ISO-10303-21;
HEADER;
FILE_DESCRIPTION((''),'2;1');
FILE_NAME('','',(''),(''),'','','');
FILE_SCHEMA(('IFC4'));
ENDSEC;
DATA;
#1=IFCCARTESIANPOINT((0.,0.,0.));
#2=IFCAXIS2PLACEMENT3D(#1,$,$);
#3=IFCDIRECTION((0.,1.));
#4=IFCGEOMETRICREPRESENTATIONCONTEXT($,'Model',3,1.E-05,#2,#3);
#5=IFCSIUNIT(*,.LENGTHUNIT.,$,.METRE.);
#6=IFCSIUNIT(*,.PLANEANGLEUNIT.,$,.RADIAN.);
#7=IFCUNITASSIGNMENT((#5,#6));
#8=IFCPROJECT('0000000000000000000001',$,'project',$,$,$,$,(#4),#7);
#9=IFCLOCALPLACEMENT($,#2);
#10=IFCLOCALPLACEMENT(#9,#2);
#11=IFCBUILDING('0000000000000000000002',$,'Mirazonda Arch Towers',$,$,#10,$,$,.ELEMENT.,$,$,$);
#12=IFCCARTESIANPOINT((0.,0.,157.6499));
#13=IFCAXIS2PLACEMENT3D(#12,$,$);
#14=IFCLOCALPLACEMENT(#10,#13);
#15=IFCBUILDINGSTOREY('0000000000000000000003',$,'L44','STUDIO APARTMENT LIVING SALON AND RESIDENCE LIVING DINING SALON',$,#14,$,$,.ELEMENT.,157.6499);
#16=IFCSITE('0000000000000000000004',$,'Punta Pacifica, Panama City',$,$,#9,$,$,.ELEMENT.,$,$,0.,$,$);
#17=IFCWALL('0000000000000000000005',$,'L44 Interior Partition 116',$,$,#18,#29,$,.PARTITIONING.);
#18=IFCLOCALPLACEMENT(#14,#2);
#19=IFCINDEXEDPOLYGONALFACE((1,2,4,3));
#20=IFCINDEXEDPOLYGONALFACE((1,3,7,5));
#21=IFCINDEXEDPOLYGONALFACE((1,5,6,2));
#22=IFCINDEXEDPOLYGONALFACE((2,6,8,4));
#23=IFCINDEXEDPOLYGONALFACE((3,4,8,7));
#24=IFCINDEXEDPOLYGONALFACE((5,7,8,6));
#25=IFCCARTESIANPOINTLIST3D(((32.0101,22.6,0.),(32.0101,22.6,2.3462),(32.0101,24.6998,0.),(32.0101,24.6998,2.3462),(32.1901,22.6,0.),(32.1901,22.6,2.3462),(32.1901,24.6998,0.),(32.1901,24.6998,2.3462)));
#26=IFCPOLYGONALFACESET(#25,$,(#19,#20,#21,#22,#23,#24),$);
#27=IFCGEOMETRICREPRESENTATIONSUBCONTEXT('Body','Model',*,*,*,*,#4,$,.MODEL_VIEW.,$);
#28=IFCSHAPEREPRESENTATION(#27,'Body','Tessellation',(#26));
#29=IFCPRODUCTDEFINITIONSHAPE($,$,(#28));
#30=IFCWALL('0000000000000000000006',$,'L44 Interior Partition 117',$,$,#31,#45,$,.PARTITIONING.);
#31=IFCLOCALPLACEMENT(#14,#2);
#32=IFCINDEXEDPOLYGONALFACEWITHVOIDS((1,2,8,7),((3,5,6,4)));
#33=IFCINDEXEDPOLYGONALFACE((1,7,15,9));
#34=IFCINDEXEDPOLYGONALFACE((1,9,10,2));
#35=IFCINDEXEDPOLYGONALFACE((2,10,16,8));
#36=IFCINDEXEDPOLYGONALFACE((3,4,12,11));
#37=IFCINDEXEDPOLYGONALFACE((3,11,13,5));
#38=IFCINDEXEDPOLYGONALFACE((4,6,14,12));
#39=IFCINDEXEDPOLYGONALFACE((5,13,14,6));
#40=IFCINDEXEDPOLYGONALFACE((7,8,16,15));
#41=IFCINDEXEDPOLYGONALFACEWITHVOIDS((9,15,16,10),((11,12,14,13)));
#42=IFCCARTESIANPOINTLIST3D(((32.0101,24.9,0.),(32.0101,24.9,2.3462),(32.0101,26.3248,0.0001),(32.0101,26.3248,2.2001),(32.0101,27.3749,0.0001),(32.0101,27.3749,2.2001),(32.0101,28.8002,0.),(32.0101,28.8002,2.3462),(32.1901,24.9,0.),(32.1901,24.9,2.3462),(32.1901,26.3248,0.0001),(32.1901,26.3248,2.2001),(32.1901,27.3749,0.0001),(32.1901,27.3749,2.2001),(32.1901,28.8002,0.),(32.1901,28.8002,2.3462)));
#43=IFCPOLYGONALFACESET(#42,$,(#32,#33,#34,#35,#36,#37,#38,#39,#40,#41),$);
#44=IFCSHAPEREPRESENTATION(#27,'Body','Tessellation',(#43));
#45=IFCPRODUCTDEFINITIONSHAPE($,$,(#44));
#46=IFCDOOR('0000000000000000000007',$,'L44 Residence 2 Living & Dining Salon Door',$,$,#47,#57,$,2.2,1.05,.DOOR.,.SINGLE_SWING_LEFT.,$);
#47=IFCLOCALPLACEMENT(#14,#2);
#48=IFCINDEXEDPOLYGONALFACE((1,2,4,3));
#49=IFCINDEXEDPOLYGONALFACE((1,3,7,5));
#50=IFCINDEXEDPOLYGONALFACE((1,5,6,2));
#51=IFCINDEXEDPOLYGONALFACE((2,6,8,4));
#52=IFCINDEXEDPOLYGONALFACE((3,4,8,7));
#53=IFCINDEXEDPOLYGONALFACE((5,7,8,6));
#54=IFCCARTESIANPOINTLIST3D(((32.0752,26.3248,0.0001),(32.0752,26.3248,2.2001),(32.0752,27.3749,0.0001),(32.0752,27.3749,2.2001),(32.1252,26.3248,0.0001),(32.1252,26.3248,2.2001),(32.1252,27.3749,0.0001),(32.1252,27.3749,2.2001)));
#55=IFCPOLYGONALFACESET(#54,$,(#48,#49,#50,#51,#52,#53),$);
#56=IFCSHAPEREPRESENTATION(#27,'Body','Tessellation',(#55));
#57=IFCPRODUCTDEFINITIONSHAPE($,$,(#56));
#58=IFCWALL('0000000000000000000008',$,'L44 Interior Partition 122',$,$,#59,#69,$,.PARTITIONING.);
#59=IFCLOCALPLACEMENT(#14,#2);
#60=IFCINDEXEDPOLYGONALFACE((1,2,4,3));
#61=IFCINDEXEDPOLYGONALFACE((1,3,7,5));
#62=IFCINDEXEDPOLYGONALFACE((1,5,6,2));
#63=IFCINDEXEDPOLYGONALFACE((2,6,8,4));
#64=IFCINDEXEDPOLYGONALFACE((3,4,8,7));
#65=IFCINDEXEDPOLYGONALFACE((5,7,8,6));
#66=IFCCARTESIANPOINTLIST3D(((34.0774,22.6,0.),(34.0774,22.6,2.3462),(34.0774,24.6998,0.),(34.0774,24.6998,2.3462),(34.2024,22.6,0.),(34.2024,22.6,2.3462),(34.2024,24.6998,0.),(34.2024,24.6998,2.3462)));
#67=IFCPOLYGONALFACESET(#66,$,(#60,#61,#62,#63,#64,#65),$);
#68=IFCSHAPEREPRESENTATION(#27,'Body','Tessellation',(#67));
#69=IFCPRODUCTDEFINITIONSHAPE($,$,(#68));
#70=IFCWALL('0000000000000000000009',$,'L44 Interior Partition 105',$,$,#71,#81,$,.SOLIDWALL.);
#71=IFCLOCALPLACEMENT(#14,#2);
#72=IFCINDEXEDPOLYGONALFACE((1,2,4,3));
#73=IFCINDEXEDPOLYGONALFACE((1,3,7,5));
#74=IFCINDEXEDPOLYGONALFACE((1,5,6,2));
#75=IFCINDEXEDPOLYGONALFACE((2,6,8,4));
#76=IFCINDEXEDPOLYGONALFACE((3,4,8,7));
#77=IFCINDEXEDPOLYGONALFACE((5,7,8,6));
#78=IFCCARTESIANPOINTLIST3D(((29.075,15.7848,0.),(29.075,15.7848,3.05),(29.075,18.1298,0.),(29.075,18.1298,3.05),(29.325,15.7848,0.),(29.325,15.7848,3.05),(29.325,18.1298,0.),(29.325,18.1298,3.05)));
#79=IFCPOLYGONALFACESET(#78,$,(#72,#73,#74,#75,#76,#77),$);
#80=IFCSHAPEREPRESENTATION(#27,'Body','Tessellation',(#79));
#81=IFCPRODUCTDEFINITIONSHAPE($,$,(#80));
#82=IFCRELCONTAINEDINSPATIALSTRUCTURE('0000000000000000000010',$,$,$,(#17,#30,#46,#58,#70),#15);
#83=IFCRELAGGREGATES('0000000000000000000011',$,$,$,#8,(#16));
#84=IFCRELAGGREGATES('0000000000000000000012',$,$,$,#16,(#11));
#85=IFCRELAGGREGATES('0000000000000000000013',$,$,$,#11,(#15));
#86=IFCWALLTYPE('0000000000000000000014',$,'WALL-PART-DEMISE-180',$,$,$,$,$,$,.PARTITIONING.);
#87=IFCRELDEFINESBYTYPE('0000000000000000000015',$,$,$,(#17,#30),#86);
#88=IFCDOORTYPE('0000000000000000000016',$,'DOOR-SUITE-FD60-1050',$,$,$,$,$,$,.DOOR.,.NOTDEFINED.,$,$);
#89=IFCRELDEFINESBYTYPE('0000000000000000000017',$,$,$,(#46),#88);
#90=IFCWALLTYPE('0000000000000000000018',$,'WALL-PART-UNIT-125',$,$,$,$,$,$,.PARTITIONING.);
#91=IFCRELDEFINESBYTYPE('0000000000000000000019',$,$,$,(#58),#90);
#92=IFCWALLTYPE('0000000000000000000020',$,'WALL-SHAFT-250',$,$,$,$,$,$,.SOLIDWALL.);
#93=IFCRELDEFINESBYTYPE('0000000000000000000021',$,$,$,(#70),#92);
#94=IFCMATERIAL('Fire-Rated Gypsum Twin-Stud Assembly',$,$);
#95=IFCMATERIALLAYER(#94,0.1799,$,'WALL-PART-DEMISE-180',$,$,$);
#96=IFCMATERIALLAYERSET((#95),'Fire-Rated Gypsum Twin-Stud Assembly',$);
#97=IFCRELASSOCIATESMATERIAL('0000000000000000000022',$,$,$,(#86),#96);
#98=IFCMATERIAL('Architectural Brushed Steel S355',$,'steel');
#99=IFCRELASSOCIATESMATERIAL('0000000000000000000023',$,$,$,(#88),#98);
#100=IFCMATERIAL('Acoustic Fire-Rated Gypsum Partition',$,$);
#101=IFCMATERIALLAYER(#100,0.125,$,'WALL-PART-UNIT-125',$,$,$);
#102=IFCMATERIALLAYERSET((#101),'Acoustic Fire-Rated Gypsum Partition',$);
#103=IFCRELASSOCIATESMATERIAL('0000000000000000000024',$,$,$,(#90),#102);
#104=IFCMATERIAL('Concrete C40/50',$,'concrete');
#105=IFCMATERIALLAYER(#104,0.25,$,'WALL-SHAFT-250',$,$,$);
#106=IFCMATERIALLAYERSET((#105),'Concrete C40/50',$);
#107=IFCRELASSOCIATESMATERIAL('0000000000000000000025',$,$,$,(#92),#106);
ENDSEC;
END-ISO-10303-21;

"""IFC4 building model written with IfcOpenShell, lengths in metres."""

from ifc_helpers import new_model, si_unit, direction, frame, frame_2d, origin, place, context, subcontext, project, spatial, rectangle, extrude, material, layer, layer_set, type_object, element, fill, save


model = new_model("IFC4")

# Units and contexts
model_context = context("Model", 3, precision=1e-05, world=origin(), true_north=direction((0.0, 1.0)))
body_context = subcontext(model_context, "Body", "Model", "MODEL_VIEW")
ifc_project = project(units=[si_unit("LENGTHUNIT", "METRE"), si_unit("PLANEANGLEUNIT", "RADIAN")], contexts=[model_context])

# Site, building, storey
site_placement = place(None, origin())
site = spatial("IfcSite", under=ifc_project, at=site_placement, Name="Punta Pacifica, Panama City", CompositionType="ELEMENT", RefElevation=0.0)
building_placement = place(site_placement, origin())
building = spatial("IfcBuilding", under=site, at=building_placement, Name="Mirazonda Arch Towers", CompositionType="ELEMENT")
storey_placement = place(building_placement, frame((0.0, 0.0, 157.6499)))
storey = spatial("IfcBuildingStorey", under=building, at=storey_placement, Name="L44", Description="STUDIO APARTMENT LIVING SALON AND RESIDENCE LIVING DINING SALON", CompositionType="ELEMENT", Elevation=157.6499)

# Shared definitions
ifc_material_1 = material(Name="Fire-Rated Gypsum Twin-Stud Assembly")
ifc_layer_1 = layer(ifc_material_1, 0.1799, Name="WALL-PART-DEMISE-180")
ifc_layer_set_1 = layer_set([ifc_layer_1], Name="Fire-Rated Gypsum Twin-Stud Assembly")
wall_type_1 = type_object("IfcWallType", Name="WALL-PART-DEMISE-180", PredefinedType="PARTITIONING", material=ifc_layer_set_1)
ifc_material_2 = material(Name="Architectural Brushed Steel S355", Category="steel")

# Wall
wall_1_placement = place(storey_placement, frame((32.1001, 22.6001, 0.0), z_axis=(0.0, 0.0, 1.0), x_axis=(0.0, 1.0, 0.0)))
element("IfcWall", 1, at=wall_1_placement, inside=storey, type_object=wall_type_1, Name="L44 Interior Partition 116", PredefinedType="PARTITIONING", context=body_context, shape_type="SweptSolid", body=[
    extrude(rectangle(XDim=2.0999, YDim=0.1799, at=frame_2d((1.0498, 0.0))), origin(), (0.0, 0.0, 1.0), 2.3462),
])

# Wall, opening, door
wall_2_placement = place(storey_placement, frame((32.1001, 24.8999, 0.0), z_axis=(0.0, 0.0, 1.0), x_axis=(0.0, 1.0, 0.0)))
wall_2 = element("IfcWall", 2, at=wall_2_placement, inside=storey, type_object=wall_type_1, Name="L44 Interior Partition 117", PredefinedType="PARTITIONING", context=body_context, shape_type="SweptSolid", body=[
    extrude(rectangle(XDim=3.9001, YDim=0.1799, at=frame_2d((1.9502, 0.0))), origin(), (0.0, 0.0, 1.0), 2.3462),
])
opening_1_placement = place(wall_2_placement, frame((1.425, 0.0, 0.0)))
opening_1 = element("IfcOpeningElement", 3, at=opening_1_placement, cuts=wall_2, PredefinedType="OPENING", context=body_context, shape_type="SweptSolid", body=[
    extrude(rectangle(XDim=1.05, YDim=2.2, at=frame_2d((0.5249, 1.1001))), frame((0.0, 0.0999, 0.0), z_axis=(0.0, -1.0, 0.0), x_axis=(1.0, 0.0, 0.0)), (0.0, 0.0, 1.0), 0.2),
])
door_type_1 = type_object("IfcDoorType", Name="DOOR-SUITE-FD60-1050", OperationType="NOTDEFINED", PredefinedType="DOOR", material=ifc_material_2)
door_1_placement = place(opening_1_placement, origin())
door_1 = element("IfcDoor", 4, at=door_1_placement, inside=storey, type_object=door_type_1, Name="L44 Residence 2 Living & Dining Salon Door", OperationType="SINGLE_SWING_LEFT", OverallHeight=2.2, OverallWidth=1.05, PredefinedType="DOOR", context=body_context, shape_type="SweptSolid", body=[
    extrude(rectangle(XDim=1.05, YDim=2.2, at=frame_2d((0.5249, 1.1001))), frame((0.0, 0.0249, 0.0), z_axis=(0.0, -1.0, 0.0), x_axis=(1.0, 0.0, 0.0)), (0.0, 0.0, 1.0), 0.05),
])
fill(opening_1, door_1)

# Walls
ifc_material_3 = material(Name="Acoustic Fire-Rated Gypsum Partition")
ifc_layer_2 = layer(ifc_material_3, 0.125, Name="WALL-PART-UNIT-125")
ifc_layer_set_2 = layer_set([ifc_layer_2], Name="Acoustic Fire-Rated Gypsum Partition")
wall_type_2 = type_object("IfcWallType", Name="WALL-PART-UNIT-125", PredefinedType="PARTITIONING", material=ifc_layer_set_2)
wall_3_placement = place(storey_placement, frame((34.1399, 22.6001, 0.0), z_axis=(0.0, 0.0, 1.0), x_axis=(0.0, 1.0, 0.0)))
element("IfcWall", 5, at=wall_3_placement, inside=storey, type_object=wall_type_2, Name="L44 Interior Partition 122", PredefinedType="PARTITIONING", context=body_context, shape_type="SweptSolid", body=[
    extrude(rectangle(XDim=2.0999, YDim=0.125, at=frame_2d((1.0498, 0.0))), origin(), (0.0, 0.0, 1.0), 2.3462),
])
ifc_material_4 = material(Name="Concrete C40/50", Category="concrete")
ifc_layer_3 = layer(ifc_material_4, 0.25, Name="WALL-SHAFT-250")
ifc_layer_set_3 = layer_set([ifc_layer_3], Name="Concrete C40/50")
wall_type_3 = type_object("IfcWallType", Name="WALL-SHAFT-250", PredefinedType="SOLIDWALL", material=ifc_layer_set_3)
wall_4_placement = place(storey_placement, frame((29.2, 15.7849, 0.0), z_axis=(0.0, 0.0, 1.0), x_axis=(0.0, 1.0, 0.0)))
element("IfcWall", 6, at=wall_4_placement, inside=storey, type_object=wall_type_3, Name="L44 Interior Partition 105", PredefinedType="SOLIDWALL", context=body_context, shape_type="SweptSolid", body=[
    extrude(rectangle(XDim=2.345, YDim=0.25, at=frame_2d((1.1724, 0.0))), origin(), (0.0, 0.0, 1.0), 3.05),
])

save(model, "model.ifc")
